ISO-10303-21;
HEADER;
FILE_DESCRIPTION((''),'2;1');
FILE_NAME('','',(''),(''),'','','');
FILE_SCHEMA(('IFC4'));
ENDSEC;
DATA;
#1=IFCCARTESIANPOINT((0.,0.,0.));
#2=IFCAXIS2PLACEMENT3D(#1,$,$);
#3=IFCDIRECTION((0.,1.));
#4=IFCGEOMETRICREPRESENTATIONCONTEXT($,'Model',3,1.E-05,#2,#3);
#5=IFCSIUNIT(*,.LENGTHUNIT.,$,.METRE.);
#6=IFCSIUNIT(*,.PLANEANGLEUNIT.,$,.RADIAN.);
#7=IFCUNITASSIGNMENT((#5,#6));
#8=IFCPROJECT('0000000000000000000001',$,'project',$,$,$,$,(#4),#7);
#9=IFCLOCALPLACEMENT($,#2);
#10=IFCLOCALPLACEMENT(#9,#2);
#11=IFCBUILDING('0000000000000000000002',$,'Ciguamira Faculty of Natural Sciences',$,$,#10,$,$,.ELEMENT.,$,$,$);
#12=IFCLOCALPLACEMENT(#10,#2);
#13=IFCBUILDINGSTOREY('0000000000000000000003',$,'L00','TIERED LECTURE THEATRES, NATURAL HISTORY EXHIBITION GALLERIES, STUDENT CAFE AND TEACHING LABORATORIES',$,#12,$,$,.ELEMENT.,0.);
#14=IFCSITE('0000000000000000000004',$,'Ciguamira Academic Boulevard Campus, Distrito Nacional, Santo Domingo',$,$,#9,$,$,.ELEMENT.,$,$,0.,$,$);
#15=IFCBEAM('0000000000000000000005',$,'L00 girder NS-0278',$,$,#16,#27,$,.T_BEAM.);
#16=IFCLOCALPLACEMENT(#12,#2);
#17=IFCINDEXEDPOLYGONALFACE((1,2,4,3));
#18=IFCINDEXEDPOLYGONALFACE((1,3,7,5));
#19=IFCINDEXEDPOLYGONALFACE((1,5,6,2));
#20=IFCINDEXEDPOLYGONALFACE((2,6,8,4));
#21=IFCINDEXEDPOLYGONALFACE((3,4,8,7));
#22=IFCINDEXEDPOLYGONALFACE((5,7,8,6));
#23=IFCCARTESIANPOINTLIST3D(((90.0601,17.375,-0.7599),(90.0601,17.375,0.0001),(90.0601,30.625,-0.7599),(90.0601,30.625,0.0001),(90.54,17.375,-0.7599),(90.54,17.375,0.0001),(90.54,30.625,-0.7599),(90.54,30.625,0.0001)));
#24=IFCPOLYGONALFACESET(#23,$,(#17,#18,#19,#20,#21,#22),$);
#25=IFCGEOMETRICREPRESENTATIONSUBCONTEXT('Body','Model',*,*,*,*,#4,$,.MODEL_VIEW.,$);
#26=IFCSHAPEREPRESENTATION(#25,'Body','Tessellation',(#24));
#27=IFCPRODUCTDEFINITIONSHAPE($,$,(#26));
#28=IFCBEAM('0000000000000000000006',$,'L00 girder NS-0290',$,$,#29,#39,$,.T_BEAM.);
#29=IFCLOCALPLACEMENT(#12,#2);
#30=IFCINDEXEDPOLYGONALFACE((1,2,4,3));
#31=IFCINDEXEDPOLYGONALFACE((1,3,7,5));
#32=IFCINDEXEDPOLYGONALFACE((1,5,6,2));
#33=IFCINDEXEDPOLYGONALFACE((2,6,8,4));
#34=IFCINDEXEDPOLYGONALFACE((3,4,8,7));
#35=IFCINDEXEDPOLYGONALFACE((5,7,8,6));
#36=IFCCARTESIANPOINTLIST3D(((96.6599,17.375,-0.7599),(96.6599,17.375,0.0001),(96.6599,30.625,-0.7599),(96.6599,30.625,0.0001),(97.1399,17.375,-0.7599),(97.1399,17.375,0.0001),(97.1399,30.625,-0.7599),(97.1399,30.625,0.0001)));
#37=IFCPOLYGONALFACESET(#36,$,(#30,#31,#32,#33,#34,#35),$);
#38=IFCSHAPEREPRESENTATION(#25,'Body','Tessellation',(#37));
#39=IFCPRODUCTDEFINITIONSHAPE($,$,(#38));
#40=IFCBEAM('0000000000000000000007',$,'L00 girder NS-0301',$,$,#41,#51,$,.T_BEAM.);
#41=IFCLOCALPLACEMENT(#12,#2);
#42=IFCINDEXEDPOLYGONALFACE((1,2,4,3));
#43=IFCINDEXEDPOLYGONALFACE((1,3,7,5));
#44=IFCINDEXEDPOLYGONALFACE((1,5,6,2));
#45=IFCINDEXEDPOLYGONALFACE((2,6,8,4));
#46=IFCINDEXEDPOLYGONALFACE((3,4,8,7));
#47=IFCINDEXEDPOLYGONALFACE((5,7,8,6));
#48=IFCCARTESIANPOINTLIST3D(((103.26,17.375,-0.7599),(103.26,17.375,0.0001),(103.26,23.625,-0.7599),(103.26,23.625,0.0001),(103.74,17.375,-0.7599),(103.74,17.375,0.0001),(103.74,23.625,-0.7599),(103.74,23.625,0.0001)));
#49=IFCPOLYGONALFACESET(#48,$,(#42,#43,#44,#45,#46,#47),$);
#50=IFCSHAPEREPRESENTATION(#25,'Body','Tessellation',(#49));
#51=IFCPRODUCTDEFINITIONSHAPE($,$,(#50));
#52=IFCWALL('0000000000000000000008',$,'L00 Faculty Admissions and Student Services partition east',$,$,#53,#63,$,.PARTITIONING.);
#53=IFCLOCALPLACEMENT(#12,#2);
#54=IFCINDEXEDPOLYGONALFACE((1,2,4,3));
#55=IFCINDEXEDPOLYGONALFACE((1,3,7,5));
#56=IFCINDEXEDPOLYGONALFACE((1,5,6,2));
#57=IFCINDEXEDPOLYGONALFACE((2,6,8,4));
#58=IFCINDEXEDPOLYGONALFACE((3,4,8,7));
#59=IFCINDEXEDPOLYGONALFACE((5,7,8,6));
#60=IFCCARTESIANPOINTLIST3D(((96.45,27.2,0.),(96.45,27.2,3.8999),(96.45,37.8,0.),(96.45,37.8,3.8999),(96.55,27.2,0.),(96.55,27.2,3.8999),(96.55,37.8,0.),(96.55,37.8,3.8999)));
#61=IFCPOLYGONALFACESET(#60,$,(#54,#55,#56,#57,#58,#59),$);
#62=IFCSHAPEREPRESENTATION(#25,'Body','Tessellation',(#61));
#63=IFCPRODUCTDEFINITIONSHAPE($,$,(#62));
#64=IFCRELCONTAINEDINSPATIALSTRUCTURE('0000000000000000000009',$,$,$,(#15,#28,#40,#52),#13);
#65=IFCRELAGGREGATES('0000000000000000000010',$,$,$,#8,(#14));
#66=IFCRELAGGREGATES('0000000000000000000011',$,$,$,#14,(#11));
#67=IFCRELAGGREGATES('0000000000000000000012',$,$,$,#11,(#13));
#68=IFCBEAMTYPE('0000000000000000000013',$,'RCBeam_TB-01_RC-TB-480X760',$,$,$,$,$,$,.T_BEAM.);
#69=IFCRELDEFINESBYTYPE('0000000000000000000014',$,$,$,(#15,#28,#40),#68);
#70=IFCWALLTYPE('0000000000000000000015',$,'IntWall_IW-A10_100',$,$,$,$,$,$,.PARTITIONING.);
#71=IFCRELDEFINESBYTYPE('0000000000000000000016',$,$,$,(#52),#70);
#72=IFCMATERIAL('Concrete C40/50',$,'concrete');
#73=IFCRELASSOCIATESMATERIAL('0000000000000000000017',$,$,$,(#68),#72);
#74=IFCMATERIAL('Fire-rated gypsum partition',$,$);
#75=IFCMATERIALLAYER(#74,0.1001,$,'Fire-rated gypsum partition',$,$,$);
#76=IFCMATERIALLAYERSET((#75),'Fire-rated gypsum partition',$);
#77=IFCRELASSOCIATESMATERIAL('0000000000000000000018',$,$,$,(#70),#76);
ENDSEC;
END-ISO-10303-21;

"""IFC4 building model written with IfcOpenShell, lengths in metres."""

from ifc_helpers import new_model, si_unit, direction, frame, frame_2d, origin, origin_2d, place, context, subcontext, project, spatial, rectangle, extrude, material, layer, layer_set, material_profile, profile_set, type_object, element, save


model = new_model("IFC4")

# Units and contexts
model_context = context("Model", 3, precision=1e-05, world=origin(), true_north=direction((0.0, 1.0)))
body_context = subcontext(model_context, "Body", "Model", "MODEL_VIEW")
ifc_project = project(units=[si_unit("LENGTHUNIT", "METRE"), si_unit("PLANEANGLEUNIT", "RADIAN")], contexts=[model_context])

# Site, building, storey
site_placement = place(None, origin())
site = spatial("IfcSite", under=ifc_project, at=site_placement, Name="Ciguamira Academic Boulevard Campus, Distrito Nacional, Santo Domingo", CompositionType="ELEMENT", RefElevation=0.0)
building_placement = place(site_placement, origin())
building = spatial("IfcBuilding", under=site, at=building_placement, Name="Ciguamira Faculty of Natural Sciences", CompositionType="ELEMENT")
storey_placement = place(building_placement, origin())
storey = spatial("IfcBuildingStorey", under=building, at=storey_placement, Name="L00", Description="TIERED LECTURE THEATRES, NATURAL HISTORY EXHIBITION GALLERIES, STUDENT CAFE AND TEACHING LABORATORIES", CompositionType="ELEMENT", Elevation=0.0)

# Shared definitions
ifc_material_1 = material(Name="Concrete C40/50", Category="concrete")

# Beams
ifc_material_profile_1 = material_profile(ifc_material_1, rectangle(XDim=0.48, YDim=0.76, at=origin_2d()), Name="RC-TB-480X760")
ifc_profile_set_1 = profile_set([ifc_material_profile_1], Name="Concrete C40/50")
beam_type_1 = type_object("IfcBeamType", Name="RCBeam_TB-01_RC-TB-480X760", PredefinedType="T_BEAM", material=ifc_profile_set_1)
for number, where, z_axis, x_axis, name in (
    (1, (90.3, 17.375, -0.3799), (0.0, 1.0, 0.0), (-1.0, 0.0, 0.0), "L00 girder NS-0278"),
    (2, (96.8999, 17.375, -0.3799), (0.0, 1.0, 0.0), (-1.0, 0.0, 0.0), "L00 girder NS-0290"),
):
    element("IfcBeam", number, at=place(storey_placement, frame(where, z_axis=z_axis, x_axis=x_axis)), inside=storey, type_object=beam_type_1, Name=name, PredefinedType="T_BEAM", context=body_context, shape_type="SweptSolid", body=[
        extrude(rectangle(XDim=0.48, YDim=0.76, at=origin_2d()), origin(), (0.0, 0.0, 1.0), 13.25),
    ])
beam_1_placement = place(storey_placement, frame((103.5, 17.375, -0.3799), z_axis=(0.0, 1.0, 0.0), x_axis=(-1.0, 0.0, 0.0)))
element("IfcBeam", 3, at=beam_1_placement, inside=storey, type_object=beam_type_1, Name="L00 girder NS-0301", PredefinedType="T_BEAM", context=body_context, shape_type="SweptSolid", body=[
    extrude(rectangle(XDim=0.48, YDim=0.76, at=origin_2d()), origin(), (0.0, 0.0, 1.0), 6.25),
])

# Wall
ifc_material_2 = material(Name="Fire-rated gypsum partition")
ifc_layer = layer(ifc_material_2, 0.1001, Name="Fire-rated gypsum partition")
ifc_layer_set = layer_set([ifc_layer], Name="Fire-rated gypsum partition")
wall_type = type_object("IfcWallType", Name="IntWall_IW-A10_100", PredefinedType="PARTITIONING", material=ifc_layer_set)
wall_placement = place(storey_placement, frame((96.5, 27.2, 0.0), z_axis=(0.0, 0.0, 1.0), x_axis=(0.0, 1.0, 0.0)))
element("IfcWall", 4, at=wall_placement, inside=storey, type_object=wall_type, Name="L00 Faculty Admissions and Student Services partition east", PredefinedType="PARTITIONING", context=body_context, shape_type="SweptSolid", body=[
    extrude(rectangle(XDim=10.6001, YDim=0.1001, at=frame_2d((5.3, 0.0))), origin(), (0.0, 0.0, 1.0), 3.8999),
])

save(model, "model.ifc")
